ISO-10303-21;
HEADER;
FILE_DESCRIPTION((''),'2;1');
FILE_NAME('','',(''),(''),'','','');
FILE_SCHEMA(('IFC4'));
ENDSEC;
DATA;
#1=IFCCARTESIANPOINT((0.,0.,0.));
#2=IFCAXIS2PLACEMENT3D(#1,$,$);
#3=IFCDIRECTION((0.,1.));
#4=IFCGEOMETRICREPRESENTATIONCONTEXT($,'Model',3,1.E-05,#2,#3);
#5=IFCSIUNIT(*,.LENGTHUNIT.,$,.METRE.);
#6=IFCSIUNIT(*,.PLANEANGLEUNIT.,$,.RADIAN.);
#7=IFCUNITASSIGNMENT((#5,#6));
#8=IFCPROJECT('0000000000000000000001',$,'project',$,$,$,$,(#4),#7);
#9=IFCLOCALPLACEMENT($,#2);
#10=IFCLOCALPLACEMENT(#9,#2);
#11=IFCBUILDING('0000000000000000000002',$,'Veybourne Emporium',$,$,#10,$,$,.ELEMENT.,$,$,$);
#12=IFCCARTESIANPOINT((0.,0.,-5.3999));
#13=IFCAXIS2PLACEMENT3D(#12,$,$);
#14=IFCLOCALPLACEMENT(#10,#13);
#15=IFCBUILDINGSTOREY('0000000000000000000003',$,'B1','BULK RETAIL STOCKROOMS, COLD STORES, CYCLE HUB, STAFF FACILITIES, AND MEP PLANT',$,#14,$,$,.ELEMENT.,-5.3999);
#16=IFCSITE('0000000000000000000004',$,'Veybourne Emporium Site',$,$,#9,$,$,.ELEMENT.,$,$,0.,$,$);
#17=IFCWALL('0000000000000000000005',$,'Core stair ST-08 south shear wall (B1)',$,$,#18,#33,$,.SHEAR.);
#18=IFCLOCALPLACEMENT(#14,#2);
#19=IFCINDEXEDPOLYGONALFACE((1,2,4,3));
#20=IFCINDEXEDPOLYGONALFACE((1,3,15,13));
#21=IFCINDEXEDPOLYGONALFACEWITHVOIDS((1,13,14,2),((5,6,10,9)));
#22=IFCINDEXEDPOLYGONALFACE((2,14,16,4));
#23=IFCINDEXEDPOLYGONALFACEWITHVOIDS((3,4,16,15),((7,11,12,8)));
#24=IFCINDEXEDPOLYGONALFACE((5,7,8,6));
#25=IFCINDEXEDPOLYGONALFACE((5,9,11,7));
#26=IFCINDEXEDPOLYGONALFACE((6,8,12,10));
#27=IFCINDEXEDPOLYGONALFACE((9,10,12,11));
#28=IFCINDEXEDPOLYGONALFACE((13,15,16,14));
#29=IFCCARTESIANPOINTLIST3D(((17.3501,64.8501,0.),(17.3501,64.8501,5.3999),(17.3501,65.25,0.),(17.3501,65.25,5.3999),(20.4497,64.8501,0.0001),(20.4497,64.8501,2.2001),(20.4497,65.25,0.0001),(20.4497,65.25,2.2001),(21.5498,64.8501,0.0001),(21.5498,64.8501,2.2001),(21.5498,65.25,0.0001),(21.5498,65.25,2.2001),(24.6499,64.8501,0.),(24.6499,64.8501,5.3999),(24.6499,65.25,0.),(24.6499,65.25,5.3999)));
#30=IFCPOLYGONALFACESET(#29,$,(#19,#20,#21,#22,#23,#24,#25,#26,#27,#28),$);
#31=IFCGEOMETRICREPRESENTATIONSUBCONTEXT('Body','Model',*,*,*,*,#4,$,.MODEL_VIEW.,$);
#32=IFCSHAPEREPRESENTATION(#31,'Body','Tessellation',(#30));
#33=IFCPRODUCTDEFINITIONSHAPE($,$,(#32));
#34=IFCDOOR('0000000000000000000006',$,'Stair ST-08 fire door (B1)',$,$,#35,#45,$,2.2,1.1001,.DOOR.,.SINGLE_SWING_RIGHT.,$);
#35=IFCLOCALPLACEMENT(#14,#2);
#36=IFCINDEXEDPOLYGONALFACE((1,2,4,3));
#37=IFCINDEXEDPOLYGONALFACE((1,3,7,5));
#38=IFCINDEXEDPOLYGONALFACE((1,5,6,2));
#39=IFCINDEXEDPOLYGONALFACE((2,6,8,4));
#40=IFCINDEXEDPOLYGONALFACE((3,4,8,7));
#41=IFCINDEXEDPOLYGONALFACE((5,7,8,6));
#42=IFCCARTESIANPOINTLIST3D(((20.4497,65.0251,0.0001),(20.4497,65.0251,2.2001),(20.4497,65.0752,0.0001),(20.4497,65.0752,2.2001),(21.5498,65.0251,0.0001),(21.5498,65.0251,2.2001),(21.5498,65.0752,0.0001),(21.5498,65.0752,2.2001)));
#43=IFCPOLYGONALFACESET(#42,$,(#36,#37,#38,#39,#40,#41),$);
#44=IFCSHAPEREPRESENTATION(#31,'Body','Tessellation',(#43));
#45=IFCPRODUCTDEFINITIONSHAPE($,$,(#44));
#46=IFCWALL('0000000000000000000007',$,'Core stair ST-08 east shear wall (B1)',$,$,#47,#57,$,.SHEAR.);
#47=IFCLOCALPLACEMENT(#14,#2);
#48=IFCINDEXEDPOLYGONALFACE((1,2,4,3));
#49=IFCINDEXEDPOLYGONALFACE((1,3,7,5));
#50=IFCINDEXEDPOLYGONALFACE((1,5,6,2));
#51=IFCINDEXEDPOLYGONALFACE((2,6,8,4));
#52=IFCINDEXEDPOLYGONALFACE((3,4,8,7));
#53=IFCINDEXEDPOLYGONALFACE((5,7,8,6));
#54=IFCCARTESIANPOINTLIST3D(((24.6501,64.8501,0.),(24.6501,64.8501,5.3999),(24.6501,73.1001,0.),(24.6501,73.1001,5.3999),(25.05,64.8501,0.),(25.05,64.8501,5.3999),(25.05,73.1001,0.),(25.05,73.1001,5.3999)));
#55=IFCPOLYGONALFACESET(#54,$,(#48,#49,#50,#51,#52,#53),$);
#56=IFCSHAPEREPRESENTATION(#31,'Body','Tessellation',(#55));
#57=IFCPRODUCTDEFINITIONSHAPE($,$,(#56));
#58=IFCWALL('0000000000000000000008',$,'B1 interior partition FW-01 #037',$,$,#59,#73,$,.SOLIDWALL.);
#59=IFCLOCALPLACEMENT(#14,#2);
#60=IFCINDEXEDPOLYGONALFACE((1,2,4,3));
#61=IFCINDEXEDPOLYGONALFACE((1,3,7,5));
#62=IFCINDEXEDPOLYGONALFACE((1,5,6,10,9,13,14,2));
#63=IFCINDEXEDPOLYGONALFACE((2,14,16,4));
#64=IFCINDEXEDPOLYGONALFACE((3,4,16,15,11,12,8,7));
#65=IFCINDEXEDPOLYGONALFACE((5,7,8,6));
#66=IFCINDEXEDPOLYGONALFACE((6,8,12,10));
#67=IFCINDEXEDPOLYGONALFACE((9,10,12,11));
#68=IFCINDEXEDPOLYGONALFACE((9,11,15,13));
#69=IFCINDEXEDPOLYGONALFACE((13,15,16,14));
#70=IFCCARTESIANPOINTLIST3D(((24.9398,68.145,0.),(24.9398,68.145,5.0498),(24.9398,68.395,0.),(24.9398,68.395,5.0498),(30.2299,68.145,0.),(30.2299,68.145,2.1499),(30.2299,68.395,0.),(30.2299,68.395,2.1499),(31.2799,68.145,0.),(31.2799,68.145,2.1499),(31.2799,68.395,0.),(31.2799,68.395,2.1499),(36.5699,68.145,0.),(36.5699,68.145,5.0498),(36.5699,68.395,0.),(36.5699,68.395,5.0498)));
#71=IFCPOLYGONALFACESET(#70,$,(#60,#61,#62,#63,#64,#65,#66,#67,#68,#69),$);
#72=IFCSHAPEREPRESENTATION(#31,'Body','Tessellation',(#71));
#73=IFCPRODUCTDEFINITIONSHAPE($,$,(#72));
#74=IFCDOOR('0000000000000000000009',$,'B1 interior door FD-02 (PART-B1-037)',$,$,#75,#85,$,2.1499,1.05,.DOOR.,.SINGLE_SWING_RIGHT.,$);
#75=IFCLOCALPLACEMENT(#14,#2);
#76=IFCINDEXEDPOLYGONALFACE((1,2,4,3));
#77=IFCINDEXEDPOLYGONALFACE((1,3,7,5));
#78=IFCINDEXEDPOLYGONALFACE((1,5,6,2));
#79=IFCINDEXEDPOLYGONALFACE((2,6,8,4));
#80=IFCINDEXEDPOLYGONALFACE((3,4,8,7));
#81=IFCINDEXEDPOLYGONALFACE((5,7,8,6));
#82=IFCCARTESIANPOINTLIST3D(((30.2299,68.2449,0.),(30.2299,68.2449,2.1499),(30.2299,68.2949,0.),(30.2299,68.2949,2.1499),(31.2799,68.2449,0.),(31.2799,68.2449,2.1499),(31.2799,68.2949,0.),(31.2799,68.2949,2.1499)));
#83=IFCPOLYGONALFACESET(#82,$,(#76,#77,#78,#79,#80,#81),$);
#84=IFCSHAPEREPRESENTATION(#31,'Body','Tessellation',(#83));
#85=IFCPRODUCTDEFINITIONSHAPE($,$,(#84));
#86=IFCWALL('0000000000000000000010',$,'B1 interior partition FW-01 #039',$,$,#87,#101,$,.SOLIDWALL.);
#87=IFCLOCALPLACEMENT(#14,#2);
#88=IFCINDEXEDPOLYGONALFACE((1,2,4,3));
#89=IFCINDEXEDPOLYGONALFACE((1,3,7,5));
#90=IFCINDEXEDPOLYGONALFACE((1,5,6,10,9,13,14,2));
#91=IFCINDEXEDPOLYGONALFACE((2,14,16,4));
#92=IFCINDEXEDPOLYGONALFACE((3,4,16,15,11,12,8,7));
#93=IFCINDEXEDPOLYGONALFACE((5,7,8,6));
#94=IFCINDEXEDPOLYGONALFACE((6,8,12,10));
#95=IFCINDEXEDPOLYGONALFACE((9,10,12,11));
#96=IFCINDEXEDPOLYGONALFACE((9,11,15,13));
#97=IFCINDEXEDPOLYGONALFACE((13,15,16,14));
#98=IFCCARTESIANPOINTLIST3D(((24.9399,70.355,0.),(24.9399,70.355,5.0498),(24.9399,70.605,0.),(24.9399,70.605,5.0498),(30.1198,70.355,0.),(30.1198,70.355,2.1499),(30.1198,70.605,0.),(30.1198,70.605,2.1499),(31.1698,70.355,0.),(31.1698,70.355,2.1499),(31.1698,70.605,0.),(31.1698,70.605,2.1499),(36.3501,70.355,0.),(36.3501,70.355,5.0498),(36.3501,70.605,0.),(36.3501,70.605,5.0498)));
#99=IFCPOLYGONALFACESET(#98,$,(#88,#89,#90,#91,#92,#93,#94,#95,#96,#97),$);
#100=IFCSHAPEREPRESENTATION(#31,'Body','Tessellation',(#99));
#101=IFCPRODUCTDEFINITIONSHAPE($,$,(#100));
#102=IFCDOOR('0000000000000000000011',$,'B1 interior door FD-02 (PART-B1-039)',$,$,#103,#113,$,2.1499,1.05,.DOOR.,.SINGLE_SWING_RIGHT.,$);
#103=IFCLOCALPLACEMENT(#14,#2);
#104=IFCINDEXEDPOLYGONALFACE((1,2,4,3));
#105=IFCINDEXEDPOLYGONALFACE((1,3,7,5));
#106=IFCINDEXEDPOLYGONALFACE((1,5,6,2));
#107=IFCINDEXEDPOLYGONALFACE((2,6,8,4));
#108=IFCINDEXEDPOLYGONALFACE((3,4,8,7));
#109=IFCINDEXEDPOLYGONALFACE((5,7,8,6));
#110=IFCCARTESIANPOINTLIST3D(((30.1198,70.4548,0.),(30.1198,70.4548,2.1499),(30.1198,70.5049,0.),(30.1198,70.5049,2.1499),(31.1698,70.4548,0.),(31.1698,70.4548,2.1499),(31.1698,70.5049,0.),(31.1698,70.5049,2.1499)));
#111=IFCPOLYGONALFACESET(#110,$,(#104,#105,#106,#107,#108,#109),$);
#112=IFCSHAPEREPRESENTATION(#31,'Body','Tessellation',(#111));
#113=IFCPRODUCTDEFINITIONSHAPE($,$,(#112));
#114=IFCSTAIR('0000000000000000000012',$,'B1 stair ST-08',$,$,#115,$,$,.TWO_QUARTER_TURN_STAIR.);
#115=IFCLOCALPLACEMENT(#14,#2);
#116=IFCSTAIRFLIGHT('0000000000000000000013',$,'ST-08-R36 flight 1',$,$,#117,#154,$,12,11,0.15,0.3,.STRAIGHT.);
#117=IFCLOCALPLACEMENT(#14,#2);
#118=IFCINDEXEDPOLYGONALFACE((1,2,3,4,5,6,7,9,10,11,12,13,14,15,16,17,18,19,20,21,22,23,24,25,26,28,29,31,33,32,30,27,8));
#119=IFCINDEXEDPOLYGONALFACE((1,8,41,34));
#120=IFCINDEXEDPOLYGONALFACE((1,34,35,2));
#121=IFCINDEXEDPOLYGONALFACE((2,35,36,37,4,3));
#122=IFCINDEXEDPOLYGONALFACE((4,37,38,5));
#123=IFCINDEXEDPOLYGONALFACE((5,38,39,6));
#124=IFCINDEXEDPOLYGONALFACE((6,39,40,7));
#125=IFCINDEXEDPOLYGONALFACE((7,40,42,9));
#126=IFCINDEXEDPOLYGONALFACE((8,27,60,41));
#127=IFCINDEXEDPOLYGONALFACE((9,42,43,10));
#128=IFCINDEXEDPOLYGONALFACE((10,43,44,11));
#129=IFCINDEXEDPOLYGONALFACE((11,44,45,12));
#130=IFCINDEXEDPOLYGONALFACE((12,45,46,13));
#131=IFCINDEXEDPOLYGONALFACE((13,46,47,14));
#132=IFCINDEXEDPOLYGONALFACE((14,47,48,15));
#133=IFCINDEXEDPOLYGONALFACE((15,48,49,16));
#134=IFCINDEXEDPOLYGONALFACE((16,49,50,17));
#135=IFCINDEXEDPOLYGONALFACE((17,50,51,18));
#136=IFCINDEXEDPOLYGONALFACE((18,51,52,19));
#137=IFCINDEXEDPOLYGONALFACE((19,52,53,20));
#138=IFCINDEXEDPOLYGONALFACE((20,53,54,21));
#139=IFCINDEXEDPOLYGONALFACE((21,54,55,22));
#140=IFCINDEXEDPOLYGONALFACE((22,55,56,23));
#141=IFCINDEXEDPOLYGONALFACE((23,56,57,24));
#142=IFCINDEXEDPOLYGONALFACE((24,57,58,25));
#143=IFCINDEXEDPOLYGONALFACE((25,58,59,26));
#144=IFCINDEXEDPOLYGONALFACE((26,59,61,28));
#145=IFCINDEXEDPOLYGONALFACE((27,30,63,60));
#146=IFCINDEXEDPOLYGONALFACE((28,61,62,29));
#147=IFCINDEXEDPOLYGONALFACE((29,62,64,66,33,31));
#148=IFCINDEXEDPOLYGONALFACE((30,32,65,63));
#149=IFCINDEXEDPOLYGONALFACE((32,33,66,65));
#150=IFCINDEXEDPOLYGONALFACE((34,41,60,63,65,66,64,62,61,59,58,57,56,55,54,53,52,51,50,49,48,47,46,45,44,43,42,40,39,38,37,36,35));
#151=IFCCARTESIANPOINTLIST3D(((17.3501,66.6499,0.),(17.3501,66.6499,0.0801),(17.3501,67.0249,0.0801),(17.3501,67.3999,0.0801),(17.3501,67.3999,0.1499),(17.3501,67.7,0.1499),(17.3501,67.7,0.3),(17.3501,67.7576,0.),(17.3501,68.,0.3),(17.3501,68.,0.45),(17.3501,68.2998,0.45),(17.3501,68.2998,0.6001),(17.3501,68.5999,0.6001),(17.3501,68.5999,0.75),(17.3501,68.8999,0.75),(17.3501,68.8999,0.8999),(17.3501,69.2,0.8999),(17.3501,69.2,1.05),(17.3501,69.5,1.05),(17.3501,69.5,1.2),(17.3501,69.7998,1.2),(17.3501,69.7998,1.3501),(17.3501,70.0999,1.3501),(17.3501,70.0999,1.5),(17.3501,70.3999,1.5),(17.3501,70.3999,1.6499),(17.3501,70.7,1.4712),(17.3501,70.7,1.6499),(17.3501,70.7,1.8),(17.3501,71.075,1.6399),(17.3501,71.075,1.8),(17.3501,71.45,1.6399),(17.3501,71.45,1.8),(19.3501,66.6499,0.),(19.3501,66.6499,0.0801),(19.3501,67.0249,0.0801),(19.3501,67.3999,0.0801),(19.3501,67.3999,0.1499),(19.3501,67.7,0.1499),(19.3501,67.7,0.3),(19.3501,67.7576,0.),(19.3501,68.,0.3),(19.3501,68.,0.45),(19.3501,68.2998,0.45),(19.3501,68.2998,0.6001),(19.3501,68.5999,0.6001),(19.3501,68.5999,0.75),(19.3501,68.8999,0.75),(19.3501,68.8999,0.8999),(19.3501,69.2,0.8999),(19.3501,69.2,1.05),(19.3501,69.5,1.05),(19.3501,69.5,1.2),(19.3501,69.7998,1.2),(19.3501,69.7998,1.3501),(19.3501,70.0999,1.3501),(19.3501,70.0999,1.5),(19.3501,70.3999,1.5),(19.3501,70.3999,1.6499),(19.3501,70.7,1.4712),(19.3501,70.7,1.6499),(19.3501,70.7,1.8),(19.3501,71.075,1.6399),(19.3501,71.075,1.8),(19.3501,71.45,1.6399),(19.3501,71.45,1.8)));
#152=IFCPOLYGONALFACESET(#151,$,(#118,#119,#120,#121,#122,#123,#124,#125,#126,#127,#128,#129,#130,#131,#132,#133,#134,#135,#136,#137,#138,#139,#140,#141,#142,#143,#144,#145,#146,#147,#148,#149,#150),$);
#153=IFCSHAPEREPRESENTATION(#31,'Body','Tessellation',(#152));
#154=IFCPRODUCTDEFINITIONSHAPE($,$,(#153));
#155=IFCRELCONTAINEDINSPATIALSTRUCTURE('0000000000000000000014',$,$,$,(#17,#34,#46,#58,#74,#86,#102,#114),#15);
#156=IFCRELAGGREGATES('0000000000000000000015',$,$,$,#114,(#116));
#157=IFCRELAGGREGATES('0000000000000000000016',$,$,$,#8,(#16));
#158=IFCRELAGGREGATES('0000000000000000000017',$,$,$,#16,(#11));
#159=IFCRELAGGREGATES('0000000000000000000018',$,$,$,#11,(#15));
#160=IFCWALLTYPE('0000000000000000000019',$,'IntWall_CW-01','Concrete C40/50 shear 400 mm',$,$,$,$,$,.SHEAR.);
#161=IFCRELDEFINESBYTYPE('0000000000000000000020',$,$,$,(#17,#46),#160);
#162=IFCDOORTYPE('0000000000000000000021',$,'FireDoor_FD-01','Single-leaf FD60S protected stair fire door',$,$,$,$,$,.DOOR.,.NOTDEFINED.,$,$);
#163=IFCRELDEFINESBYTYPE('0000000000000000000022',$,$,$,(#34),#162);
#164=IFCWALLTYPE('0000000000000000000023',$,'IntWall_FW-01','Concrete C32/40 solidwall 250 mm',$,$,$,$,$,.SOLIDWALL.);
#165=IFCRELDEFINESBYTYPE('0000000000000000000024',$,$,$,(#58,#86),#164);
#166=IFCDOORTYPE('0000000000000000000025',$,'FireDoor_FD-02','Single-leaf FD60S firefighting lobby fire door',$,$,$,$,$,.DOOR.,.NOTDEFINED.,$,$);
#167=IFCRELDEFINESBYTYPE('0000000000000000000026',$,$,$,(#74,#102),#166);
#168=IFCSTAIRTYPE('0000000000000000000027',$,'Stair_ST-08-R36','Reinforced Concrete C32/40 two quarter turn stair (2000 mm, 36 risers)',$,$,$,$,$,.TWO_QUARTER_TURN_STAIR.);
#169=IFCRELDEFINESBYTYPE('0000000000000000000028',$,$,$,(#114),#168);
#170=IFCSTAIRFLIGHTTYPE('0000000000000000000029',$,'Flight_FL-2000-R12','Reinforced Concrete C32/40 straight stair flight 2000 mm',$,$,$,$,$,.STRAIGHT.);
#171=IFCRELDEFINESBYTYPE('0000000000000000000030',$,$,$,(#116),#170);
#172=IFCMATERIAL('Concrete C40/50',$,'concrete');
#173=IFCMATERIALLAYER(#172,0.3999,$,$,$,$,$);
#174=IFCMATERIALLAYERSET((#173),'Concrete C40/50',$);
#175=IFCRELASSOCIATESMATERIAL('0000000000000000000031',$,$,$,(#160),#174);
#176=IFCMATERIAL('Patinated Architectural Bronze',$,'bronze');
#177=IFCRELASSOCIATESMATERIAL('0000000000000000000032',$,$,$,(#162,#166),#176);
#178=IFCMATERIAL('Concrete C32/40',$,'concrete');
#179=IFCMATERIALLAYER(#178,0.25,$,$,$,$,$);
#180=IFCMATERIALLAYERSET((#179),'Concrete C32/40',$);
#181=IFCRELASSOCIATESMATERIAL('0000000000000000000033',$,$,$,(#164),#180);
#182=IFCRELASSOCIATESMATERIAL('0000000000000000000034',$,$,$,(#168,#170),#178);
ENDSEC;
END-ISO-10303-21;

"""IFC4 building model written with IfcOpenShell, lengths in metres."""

from ifc_helpers import new_model, si_unit, direction, frame, frame_2d, origin, place, context, subcontext, project, spatial, polyline, rectangle, outline, extrude, material, layer, layer_set, type_object, element, fill, aggregate, save


model = new_model("IFC4")

# Units and contexts
model_context = context("Model", 3, precision=1e-05, world=origin(), true_north=direction((0.0, 1.0)))
body_context = subcontext(model_context, "Body", "Model", "MODEL_VIEW")
ifc_project = project(units=[si_unit("LENGTHUNIT", "METRE"), si_unit("PLANEANGLEUNIT", "RADIAN")], contexts=[model_context])

# Site, building, storey
site_placement = place(None, origin())
site = spatial("IfcSite", under=ifc_project, at=site_placement, Name="Veybourne Emporium Site", CompositionType="ELEMENT", RefElevation=0.0)
building_placement = place(site_placement, origin())
building = spatial("IfcBuilding", under=site, at=building_placement, Name="Veybourne Emporium", CompositionType="ELEMENT")
storey_placement = place(building_placement, frame((0.0, 0.0, -5.3999)))
storey = spatial("IfcBuildingStorey", under=building, at=storey_placement, Name="B1", Description="BULK RETAIL STOCKROOMS, COLD STORES, CYCLE HUB, STAFF FACILITIES, AND MEP PLANT", CompositionType="ELEMENT", Elevation=-5.3999)

# Wall, opening, door
ifc_material_1 = material(Name="Concrete C40/50", Category="concrete")
ifc_layer_1 = layer(ifc_material_1, 0.3999)
ifc_layer_set_1 = layer_set([ifc_layer_1], Name="Concrete C40/50")
wall_type_1 = type_object("IfcWallType", Name="IntWall_CW-01", Description="Concrete C40/50 shear 400 mm", PredefinedType="SHEAR", material=ifc_layer_set_1)
wall_1_placement = place(storey_placement, frame((24.6499, 65.05, 0.0), z_axis=(0.0, 0.0, 1.0), x_axis=(-1.0, 0.0, 0.0)))
wall_1 = element("IfcWall", 1, at=wall_1_placement, inside=storey, type_object=wall_type_1, Name="Core stair ST-08 south shear wall (B1)", PredefinedType="SHEAR", context=body_context, shape_type="SweptSolid", body=[
    extrude(rectangle(XDim=7.2998, YDim=0.3999, at=frame_2d((3.6499, 0.0))), origin(), (0.0, 0.0, 1.0), 5.3999),
])
opening_1_placement = place(wall_1_placement, frame((3.1001, 0.0, 0.0)))
opening_1 = element("IfcOpeningElement", 2, at=opening_1_placement, cuts=wall_1, PredefinedType="OPENING", context=body_context, shape_type="SweptSolid", body=[
    extrude(rectangle(XDim=1.1001, YDim=2.2, at=frame_2d((0.55, 1.1001))), frame((0.0, 0.22, 0.0), z_axis=(0.0, -1.0, 0.0), x_axis=(1.0, 0.0, 0.0)), (0.0, 0.0, 1.0), 0.4399),
])
ifc_material_2 = material(Name="Patinated Architectural Bronze", Category="bronze")
door_type_1 = type_object("IfcDoorType", Name="FireDoor_FD-01", Description="Single-leaf FD60S protected stair fire door", OperationType="NOTDEFINED", PredefinedType="DOOR", material=ifc_material_2)
door_1_placement = place(opening_1_placement, origin())
door_1 = element("IfcDoor", 3, at=door_1_placement, inside=storey, type_object=door_type_1, Name="Stair ST-08 fire door (B1)", OperationType="SINGLE_SWING_RIGHT", OverallHeight=2.2, OverallWidth=1.1001, PredefinedType="DOOR", context=body_context, shape_type="SweptSolid", body=[
    extrude(rectangle(XDim=1.1001, YDim=2.2, at=frame_2d((0.55, 1.1001))), frame((0.0, 0.0249, 0.0), z_axis=(0.0, -1.0, 0.0), x_axis=(1.0, 0.0, 0.0)), (0.0, 0.0, 1.0), 0.05),
])
fill(opening_1, door_1)

# Wall
wall_2_placement = place(storey_placement, frame((24.8501, 64.8501, 0.0), z_axis=(0.0, 0.0, 1.0), x_axis=(0.0, 1.0, 0.0)))
element("IfcWall", 4, at=wall_2_placement, inside=storey, type_object=wall_type_1, Name="Core stair ST-08 east shear wall (B1)", PredefinedType="SHEAR", context=body_context, shape_type="SweptSolid", body=[
    extrude(rectangle(XDim=8.25, YDim=0.3999, at=frame_2d((4.125, 0.0))), origin(), (0.0, 0.0, 1.0), 5.3999),
])

# Walls, openings, doors
ifc_material_3 = material(Name="Concrete C32/40", Category="concrete")
ifc_layer_2 = layer(ifc_material_3, 0.25)
ifc_layer_set_2 = layer_set([ifc_layer_2], Name="Concrete C32/40")
wall_type_2 = type_object("IfcWallType", Name="IntWall_FW-01", Description="Concrete C32/40 solidwall 250 mm", PredefinedType="SOLIDWALL", material=ifc_layer_set_2)
wall_3_placement = place(storey_placement, frame((24.9399, 68.27, 0.0), z_axis=(0.0, 0.0, 1.0), x_axis=(1.0, 0.0, 0.0)))
wall_3 = element("IfcWall", 5, at=wall_3_placement, inside=storey, type_object=wall_type_2, Name="B1 interior partition FW-01 #037", PredefinedType="SOLIDWALL", context=body_context, shape_type="SweptSolid", body=[
    extrude(rectangle(XDim=11.6301, YDim=0.25, at=frame_2d((5.8149, 0.0))), origin(), (0.0, 0.0, 1.0), 5.0498),
])
opening_2_placement = place(wall_3_placement, frame((5.29, 0.0, 0.0)))
opening_2 = element("IfcOpeningElement", 6, at=opening_2_placement, cuts=wall_3, PredefinedType="OPENING", context=body_context, shape_type="SweptSolid", body=[
    extrude(rectangle(XDim=1.05, YDim=2.1499, at=frame_2d((0.5249, 1.075))), frame((0.0, 0.145, 0.0), z_axis=(0.0, -1.0, 0.0), x_axis=(1.0, 0.0, 0.0)), (0.0, 0.0, 1.0), 0.29),
])
door_type_2 = type_object("IfcDoorType", Name="FireDoor_FD-02", Description="Single-leaf FD60S firefighting lobby fire door", OperationType="NOTDEFINED", PredefinedType="DOOR", material=ifc_material_2)
door_2_placement = place(opening_2_placement, origin())
door_2 = element("IfcDoor", 7, at=door_2_placement, inside=storey, type_object=door_type_2, Name="B1 interior door FD-02 (PART-B1-037)", OperationType="SINGLE_SWING_RIGHT", OverallHeight=2.1499, OverallWidth=1.05, PredefinedType="DOOR", context=body_context, shape_type="SweptSolid", body=[
    extrude(rectangle(XDim=1.05, YDim=2.1499, at=frame_2d((0.5249, 1.075))), frame((0.0, 0.0249, 0.0), z_axis=(0.0, -1.0, 0.0), x_axis=(1.0, 0.0, 0.0)), (0.0, 0.0, 1.0), 0.05),
])
fill(opening_2, door_2)
wall_4_placement = place(storey_placement, frame((24.9399, 70.48, 0.0), z_axis=(0.0, 0.0, 1.0), x_axis=(1.0, 0.0, 0.0)))
wall_4 = element("IfcWall", 8, at=wall_4_placement, inside=storey, type_object=wall_type_2, Name="B1 interior partition FW-01 #039", PredefinedType="SOLIDWALL", context=body_context, shape_type="SweptSolid", body=[
    extrude(rectangle(XDim=11.4102, YDim=0.25, at=frame_2d((5.7051, 0.0))), origin(), (0.0, 0.0, 1.0), 5.0498),
])
opening_3_placement = place(wall_4_placement, frame((5.1799, 0.0, 0.0)))
opening_3 = element("IfcOpeningElement", 9, at=opening_3_placement, cuts=wall_4, PredefinedType="OPENING", context=body_context, shape_type="SweptSolid", body=[
    extrude(rectangle(XDim=1.05, YDim=2.1499, at=frame_2d((0.5249, 1.075))), frame((0.0, 0.145, 0.0), z_axis=(0.0, -1.0, 0.0), x_axis=(1.0, 0.0, 0.0)), (0.0, 0.0, 1.0), 0.29),
])
door_3_placement = place(opening_3_placement, origin())
door_3 = element("IfcDoor", 10, at=door_3_placement, inside=storey, type_object=door_type_2, Name="B1 interior door FD-02 (PART-B1-039)", OperationType="SINGLE_SWING_RIGHT", OverallHeight=2.1499, OverallWidth=1.05, PredefinedType="DOOR", context=body_context, shape_type="SweptSolid", body=[
    extrude(rectangle(XDim=1.05, YDim=2.1499, at=frame_2d((0.5249, 1.075))), frame((0.0, 0.0249, 0.0), z_axis=(0.0, -1.0, 0.0), x_axis=(1.0, 0.0, 0.0)), (0.0, 0.0, 1.0), 0.05),
])
fill(opening_3, door_3)

# Stair, stair flight
stair_type = type_object("IfcStairType", Name="Stair_ST-08-R36", Description="Reinforced Concrete C32/40 two quarter turn stair (2000 mm, 36 risers)", PredefinedType="TWO_QUARTER_TURN_STAIR", material=ifc_material_3)
stair_placement = place(storey_placement, origin())
stair = element("IfcStair", 11, at=stair_placement, inside=storey, type_object=stair_type, Name="B1 stair ST-08", PredefinedType="TWO_QUARTER_TURN_STAIR")
stair_flight_type = type_object("IfcStairFlightType", Name="Flight_FL-2000-R12", Description="Reinforced Concrete C32/40 straight stair flight 2000 mm", PredefinedType="STRAIGHT", material=ifc_material_3)
stair_flight_1_placement = place(storey_placement, frame((18.3501, 67.3999, 0.0), z_axis=(0.0, 0.0, 1.0), x_axis=(0.0, 1.0, 0.0)))
stair_flight_1 = element("IfcStairFlight", 12, at=stair_flight_1_placement, type_object=stair_flight_type, Name="ST-08-R36 flight 1", NumberOfRisers=12, NumberOfTreads=11, PredefinedType="STRAIGHT", RiserHeight=0.15, TreadLength=0.3, context=body_context, shape_type="SweptSolid", body=[
    extrude(outline(polyline([(-0.75, 0.0), (-0.75, 0.0801), (-0.375, 0.0801), (0.0, 0.0801), (0.0, 0.1499), (0.3, 0.1499), (0.3, 0.3), (0.6001, 0.3), (0.6001, 0.45), (0.8999, 0.45), (0.8999, 0.6001), (1.2, 0.6001), (1.2, 0.75), (1.5, 0.75), (1.5, 0.8999), (1.8, 0.8999), (1.8, 1.05), (2.1001, 1.05), (2.1001, 1.2), (2.3999, 1.2), (2.3999, 1.3501), (2.7, 1.3501), (2.7, 1.5), (3.0, 1.5), (3.0, 1.6499), (3.3, 1.6499), (3.3, 1.8), (3.675, 1.8), (4.05, 1.8), (4.05, 1.6399), (3.675, 1.6399), (3.3, 1.4712), (0.3577, 0.0), (-0.75, 0.0)])), frame((0.0, 1.0, 0.0), z_axis=(0.0, -1.0, 0.0), x_axis=(1.0, 0.0, 0.0)), (0.0, 0.0, 1.0), 2.0),
])
aggregate(stair, [stair_flight_1])

save(model, "model.ifc")
